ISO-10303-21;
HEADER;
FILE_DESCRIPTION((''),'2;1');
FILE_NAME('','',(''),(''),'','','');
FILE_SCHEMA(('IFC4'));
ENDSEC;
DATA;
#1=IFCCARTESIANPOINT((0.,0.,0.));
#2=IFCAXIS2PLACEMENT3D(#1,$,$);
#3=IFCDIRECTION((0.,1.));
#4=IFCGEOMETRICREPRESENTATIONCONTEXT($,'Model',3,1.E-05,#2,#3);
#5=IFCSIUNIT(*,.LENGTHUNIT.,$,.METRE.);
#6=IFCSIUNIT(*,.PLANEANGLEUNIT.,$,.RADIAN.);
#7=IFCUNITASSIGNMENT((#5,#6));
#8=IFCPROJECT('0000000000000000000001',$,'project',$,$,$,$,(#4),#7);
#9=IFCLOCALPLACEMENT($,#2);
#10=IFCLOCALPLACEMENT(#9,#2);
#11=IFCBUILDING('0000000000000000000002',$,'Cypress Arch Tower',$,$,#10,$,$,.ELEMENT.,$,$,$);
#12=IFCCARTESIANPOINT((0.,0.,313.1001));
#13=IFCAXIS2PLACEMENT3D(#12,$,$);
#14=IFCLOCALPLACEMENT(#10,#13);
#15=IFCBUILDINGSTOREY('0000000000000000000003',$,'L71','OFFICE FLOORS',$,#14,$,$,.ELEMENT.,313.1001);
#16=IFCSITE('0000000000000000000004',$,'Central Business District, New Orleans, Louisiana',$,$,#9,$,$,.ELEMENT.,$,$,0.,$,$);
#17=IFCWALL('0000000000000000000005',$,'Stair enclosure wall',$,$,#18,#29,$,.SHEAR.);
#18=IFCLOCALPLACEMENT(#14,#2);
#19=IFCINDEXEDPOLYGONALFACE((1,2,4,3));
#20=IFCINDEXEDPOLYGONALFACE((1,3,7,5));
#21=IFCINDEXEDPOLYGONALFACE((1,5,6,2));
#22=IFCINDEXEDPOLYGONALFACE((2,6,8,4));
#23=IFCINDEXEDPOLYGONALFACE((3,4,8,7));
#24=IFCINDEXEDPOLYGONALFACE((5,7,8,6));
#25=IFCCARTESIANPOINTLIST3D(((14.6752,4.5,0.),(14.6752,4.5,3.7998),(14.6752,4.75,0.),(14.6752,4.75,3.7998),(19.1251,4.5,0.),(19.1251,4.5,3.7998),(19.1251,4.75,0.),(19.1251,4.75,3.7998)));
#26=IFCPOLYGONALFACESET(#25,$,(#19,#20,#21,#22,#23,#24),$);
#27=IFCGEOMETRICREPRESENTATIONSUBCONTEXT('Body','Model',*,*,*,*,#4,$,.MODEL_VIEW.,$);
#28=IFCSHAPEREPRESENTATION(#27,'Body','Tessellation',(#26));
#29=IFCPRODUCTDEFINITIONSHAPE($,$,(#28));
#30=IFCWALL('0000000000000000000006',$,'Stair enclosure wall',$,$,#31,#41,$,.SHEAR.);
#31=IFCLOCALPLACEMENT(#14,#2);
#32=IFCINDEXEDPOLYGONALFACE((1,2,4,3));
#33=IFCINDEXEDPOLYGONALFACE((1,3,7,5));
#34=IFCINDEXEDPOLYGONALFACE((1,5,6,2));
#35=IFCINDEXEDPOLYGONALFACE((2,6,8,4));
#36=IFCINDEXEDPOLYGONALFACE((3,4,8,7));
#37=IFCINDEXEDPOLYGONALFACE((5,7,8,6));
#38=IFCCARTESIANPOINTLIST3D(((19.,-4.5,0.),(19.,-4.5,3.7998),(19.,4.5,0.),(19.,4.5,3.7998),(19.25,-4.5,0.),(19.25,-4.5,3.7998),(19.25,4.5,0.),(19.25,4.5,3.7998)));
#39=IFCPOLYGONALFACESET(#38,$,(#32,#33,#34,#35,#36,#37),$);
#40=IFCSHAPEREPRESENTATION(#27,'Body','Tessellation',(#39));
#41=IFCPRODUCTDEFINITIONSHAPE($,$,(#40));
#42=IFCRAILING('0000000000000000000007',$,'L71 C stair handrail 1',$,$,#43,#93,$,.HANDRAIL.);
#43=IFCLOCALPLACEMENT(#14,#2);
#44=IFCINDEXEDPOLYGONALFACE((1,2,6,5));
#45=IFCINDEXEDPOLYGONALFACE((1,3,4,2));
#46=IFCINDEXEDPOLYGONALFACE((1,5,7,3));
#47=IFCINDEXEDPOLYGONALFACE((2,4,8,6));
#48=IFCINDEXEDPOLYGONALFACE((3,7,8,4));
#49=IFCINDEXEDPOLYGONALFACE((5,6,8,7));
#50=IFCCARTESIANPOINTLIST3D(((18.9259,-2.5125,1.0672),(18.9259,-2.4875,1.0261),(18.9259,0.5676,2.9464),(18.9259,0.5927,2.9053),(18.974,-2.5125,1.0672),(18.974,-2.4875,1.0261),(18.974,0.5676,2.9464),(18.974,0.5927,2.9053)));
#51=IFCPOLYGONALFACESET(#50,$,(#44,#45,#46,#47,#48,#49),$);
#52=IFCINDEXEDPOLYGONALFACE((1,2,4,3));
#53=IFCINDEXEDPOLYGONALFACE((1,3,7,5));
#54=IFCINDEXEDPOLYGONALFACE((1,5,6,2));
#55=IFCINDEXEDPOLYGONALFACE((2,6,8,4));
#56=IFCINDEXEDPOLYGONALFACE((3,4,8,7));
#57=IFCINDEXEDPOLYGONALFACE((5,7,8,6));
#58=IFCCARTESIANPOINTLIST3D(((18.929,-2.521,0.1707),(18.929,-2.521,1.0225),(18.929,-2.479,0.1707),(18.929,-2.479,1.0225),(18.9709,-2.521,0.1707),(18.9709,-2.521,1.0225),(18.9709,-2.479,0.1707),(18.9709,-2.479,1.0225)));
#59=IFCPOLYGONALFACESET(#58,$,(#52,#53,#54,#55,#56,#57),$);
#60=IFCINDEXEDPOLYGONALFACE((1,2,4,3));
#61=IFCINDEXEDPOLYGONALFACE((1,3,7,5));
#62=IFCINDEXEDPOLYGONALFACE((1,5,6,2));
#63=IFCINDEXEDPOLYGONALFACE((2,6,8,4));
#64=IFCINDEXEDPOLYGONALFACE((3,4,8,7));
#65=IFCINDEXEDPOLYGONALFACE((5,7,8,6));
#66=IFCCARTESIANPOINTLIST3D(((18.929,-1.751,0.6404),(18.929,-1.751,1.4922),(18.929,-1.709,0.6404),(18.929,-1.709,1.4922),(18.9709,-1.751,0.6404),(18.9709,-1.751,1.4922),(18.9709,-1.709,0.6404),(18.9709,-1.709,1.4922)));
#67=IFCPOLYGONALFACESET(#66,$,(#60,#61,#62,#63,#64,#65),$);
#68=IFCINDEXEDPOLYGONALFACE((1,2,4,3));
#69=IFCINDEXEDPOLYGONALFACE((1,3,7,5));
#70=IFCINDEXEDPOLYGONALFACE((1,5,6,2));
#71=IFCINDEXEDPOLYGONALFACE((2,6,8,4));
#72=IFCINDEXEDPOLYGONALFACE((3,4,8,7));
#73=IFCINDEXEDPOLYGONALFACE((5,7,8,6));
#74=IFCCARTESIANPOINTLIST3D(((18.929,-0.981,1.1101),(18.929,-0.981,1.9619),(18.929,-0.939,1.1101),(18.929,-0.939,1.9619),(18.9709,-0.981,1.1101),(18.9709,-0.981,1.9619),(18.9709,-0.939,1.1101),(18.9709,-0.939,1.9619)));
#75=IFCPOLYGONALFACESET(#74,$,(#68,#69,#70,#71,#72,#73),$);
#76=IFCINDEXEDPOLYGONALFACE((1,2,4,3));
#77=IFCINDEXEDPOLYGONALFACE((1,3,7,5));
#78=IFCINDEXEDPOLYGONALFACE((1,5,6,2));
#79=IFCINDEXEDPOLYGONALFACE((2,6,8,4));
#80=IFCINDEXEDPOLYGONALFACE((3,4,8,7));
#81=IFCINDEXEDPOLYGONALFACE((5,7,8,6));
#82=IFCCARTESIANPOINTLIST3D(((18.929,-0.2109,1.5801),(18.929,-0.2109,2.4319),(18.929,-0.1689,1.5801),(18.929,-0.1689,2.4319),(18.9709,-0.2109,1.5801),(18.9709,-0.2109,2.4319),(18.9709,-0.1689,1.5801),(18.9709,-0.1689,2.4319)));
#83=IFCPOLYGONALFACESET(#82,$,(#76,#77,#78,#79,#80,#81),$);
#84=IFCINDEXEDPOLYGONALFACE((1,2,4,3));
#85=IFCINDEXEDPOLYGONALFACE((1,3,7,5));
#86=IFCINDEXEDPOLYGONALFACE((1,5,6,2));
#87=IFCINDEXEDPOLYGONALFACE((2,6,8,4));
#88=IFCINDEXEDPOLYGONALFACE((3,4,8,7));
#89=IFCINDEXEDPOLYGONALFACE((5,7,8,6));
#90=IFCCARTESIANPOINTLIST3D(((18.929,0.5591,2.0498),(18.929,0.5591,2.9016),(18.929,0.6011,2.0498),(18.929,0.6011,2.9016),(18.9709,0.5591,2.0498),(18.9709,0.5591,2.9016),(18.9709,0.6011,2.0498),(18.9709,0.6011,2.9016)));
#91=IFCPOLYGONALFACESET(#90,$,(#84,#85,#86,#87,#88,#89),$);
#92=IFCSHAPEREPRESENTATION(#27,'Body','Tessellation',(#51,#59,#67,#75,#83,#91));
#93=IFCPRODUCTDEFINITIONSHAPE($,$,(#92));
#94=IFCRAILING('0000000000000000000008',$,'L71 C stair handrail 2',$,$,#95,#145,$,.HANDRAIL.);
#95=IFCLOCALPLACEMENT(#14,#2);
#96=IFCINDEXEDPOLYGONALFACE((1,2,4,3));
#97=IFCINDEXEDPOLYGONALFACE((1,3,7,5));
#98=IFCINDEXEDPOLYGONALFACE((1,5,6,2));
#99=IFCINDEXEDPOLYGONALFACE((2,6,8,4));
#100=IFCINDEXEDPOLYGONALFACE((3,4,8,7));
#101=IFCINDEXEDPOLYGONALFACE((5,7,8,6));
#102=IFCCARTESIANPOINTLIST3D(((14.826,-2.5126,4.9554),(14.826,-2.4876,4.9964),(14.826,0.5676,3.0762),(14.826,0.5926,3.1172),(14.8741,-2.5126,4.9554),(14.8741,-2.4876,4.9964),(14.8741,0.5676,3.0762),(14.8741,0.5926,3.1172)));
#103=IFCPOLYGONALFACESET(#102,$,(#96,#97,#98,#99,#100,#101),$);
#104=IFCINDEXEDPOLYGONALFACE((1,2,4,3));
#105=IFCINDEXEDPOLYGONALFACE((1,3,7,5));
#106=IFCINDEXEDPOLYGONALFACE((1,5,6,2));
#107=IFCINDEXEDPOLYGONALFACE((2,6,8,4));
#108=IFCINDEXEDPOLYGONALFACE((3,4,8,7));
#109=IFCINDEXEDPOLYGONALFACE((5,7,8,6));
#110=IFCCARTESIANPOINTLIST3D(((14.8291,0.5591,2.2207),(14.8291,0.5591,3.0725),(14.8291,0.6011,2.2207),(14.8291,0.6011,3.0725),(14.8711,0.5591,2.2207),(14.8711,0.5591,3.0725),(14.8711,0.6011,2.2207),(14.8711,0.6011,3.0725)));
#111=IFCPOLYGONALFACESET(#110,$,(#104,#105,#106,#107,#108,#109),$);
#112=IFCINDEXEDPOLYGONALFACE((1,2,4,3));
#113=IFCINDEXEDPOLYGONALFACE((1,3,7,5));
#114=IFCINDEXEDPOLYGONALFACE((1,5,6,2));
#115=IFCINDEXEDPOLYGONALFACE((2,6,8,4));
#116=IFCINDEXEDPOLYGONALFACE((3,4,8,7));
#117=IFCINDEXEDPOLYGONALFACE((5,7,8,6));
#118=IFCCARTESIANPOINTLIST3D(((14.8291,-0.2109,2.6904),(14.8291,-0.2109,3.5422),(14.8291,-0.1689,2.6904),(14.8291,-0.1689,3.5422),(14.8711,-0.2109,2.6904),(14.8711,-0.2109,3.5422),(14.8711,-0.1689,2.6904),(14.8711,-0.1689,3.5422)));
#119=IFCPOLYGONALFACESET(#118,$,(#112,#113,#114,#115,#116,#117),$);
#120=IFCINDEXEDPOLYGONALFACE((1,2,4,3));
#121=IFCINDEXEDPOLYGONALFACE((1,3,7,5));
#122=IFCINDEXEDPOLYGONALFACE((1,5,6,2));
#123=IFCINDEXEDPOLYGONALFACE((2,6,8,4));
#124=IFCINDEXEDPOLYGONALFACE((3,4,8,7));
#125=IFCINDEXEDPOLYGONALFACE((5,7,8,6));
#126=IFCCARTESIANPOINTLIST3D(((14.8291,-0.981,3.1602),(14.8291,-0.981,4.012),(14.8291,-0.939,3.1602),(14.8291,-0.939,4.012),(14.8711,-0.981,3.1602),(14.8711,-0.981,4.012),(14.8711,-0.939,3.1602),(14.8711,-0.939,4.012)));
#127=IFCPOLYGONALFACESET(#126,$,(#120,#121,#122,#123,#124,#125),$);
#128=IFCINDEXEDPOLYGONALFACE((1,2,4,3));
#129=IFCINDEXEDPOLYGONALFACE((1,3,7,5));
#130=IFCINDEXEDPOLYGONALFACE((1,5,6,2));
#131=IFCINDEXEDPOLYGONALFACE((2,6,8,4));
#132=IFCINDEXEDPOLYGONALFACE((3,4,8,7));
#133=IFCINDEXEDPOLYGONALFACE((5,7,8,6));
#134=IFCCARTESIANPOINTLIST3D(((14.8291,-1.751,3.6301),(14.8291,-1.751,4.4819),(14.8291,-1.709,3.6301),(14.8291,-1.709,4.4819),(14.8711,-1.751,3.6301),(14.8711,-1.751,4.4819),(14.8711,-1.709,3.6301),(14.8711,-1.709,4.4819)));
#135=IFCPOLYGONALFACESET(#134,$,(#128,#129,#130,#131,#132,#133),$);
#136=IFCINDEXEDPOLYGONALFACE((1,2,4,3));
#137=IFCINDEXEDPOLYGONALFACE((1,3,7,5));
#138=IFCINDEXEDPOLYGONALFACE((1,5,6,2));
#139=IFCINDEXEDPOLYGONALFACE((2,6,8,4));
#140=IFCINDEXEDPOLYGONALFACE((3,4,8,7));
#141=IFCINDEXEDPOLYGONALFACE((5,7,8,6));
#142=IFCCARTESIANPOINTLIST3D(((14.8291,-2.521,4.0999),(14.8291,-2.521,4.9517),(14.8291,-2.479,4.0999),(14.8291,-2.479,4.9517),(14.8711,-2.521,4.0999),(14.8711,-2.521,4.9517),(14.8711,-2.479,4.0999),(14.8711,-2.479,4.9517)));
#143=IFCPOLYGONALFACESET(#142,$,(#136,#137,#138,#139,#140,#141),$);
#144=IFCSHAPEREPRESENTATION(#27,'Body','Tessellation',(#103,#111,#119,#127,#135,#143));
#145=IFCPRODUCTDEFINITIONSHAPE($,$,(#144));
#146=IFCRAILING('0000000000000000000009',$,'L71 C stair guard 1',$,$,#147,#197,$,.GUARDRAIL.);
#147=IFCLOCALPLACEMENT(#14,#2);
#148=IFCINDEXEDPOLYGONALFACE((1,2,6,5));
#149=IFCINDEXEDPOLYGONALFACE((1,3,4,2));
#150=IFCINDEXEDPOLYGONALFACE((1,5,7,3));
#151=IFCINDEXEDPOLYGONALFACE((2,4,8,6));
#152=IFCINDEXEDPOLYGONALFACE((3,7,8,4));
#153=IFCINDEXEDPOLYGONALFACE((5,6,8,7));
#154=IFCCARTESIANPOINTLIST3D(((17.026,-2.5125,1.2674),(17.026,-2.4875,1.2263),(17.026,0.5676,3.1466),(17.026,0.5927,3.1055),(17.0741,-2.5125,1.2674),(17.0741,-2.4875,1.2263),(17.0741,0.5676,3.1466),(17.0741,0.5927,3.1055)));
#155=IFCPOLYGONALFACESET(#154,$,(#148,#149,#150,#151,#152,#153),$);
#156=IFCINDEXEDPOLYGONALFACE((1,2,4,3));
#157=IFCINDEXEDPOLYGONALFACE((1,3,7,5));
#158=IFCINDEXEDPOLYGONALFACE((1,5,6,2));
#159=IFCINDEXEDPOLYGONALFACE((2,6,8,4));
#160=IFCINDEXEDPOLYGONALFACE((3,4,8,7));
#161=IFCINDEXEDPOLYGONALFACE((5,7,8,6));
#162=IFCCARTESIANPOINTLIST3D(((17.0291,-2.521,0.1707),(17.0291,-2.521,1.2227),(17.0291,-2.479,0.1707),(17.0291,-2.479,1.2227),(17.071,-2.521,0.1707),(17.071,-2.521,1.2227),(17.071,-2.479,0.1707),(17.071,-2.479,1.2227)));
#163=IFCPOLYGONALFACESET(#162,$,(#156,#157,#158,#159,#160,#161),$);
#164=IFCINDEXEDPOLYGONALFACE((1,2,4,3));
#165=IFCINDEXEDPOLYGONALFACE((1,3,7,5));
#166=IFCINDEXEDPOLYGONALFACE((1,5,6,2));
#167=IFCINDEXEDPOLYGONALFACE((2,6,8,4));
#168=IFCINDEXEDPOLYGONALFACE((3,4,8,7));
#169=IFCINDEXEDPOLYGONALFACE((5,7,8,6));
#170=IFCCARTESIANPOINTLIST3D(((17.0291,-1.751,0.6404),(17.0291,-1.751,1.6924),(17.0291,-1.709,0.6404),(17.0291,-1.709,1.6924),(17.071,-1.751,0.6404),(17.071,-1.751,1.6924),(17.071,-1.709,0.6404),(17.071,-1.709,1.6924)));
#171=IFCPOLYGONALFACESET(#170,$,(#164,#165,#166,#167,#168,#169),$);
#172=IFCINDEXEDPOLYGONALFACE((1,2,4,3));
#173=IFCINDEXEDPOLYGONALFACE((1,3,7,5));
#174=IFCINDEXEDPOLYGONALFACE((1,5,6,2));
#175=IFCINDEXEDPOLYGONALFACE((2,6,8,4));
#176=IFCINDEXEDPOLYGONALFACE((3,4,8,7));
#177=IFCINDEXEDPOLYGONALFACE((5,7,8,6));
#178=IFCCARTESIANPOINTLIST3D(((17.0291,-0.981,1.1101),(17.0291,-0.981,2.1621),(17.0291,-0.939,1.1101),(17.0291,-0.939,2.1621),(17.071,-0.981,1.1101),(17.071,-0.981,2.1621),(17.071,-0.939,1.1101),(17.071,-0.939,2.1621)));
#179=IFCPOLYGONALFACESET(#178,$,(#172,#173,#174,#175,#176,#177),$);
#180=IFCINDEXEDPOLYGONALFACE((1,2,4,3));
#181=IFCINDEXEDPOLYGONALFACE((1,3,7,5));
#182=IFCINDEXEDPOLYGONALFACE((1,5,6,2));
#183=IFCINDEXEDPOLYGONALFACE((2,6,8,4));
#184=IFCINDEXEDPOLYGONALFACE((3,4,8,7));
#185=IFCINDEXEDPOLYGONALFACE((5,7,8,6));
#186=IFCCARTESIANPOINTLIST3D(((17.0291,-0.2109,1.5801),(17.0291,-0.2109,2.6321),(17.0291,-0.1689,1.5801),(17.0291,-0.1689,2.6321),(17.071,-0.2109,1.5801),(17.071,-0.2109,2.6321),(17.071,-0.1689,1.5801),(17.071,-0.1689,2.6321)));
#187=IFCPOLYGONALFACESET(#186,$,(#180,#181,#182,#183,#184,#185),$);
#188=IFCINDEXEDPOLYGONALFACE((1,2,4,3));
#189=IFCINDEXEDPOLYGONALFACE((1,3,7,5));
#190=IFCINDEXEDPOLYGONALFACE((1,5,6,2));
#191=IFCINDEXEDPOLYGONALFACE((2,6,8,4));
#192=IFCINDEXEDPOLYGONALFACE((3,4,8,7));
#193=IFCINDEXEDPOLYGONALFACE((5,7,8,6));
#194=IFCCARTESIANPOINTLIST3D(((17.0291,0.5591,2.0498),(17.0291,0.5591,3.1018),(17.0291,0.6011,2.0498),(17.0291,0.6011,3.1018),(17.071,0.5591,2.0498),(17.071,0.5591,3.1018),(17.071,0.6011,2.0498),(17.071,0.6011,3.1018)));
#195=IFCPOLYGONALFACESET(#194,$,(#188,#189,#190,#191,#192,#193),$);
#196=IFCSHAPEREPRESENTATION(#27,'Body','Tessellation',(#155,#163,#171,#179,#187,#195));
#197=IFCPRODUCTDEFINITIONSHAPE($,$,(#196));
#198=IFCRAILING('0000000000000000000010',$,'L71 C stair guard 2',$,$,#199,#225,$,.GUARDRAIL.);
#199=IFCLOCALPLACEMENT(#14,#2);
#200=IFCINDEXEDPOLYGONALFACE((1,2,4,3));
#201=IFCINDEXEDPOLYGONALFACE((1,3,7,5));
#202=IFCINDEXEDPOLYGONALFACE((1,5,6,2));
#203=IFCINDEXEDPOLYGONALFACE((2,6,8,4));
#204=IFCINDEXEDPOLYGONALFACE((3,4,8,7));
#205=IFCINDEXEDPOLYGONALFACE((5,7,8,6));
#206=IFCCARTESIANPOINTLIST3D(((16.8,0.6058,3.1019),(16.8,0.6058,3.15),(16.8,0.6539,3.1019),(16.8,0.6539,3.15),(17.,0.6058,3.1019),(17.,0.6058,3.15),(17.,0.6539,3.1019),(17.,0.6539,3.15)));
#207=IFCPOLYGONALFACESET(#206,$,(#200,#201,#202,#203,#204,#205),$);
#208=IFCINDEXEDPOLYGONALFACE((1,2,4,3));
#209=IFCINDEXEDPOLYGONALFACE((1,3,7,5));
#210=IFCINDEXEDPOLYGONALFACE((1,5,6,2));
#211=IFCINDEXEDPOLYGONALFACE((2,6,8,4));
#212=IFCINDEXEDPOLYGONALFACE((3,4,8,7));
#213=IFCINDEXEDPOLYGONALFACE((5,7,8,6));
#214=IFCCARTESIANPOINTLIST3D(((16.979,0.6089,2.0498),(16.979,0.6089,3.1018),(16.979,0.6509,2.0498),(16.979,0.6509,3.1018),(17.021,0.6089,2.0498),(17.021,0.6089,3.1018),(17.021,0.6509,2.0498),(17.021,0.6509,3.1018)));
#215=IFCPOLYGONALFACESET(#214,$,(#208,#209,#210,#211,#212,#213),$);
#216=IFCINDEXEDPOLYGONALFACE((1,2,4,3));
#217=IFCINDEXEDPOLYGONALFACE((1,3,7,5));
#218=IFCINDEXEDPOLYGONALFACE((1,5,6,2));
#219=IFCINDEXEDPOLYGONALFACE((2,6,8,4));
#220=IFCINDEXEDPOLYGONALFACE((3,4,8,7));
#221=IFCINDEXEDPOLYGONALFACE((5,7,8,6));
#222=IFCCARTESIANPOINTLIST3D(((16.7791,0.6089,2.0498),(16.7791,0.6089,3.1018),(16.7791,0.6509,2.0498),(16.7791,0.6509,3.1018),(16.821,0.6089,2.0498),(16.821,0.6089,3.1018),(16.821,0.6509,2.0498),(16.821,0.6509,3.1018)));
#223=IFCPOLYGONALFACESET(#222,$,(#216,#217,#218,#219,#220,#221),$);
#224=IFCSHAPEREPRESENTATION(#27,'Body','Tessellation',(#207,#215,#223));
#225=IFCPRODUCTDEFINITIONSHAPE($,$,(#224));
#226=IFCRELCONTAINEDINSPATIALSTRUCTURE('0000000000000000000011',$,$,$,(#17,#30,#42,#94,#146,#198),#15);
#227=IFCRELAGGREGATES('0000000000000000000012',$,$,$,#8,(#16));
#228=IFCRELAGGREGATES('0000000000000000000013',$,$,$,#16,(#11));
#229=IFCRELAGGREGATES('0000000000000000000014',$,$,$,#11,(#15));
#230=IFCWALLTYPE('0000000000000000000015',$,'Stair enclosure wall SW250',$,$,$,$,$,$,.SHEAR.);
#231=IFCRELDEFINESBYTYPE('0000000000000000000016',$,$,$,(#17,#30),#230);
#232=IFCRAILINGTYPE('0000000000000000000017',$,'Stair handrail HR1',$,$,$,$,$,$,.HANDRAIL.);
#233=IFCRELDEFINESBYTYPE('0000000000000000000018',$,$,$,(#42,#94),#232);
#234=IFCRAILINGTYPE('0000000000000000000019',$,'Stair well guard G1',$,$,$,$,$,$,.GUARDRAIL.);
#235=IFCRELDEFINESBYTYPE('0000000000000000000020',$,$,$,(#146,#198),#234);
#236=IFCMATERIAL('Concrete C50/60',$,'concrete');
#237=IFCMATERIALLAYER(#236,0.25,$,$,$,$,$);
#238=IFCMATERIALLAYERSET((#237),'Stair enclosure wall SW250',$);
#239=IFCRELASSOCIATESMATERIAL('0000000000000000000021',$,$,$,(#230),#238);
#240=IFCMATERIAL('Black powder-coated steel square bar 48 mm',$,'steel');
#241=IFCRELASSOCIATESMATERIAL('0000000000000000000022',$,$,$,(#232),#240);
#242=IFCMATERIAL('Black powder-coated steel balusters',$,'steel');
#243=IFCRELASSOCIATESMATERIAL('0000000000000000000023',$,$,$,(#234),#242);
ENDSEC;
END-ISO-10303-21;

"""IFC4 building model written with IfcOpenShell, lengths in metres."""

from ifc_helpers import new_model, si_unit, direction, frame, frame_2d, origin, origin_2d, place, context, subcontext, project, spatial, rectangle, extrude, material, layer, layer_set, type_object, element, save


model = new_model("IFC4")

# Units and contexts
model_context = context("Model", 3, precision=1e-05, world=origin(), true_north=direction((0.0, 1.0)))
body_context = subcontext(model_context, "Body", "Model", "MODEL_VIEW")
ifc_project = project(units=[si_unit("LENGTHUNIT", "METRE"), si_unit("PLANEANGLEUNIT", "RADIAN")], contexts=[model_context])

# Site, building, storey
site_placement = place(None, origin())
site = spatial("IfcSite", under=ifc_project, at=site_placement, Name="Central Business District, New Orleans, Louisiana", CompositionType="ELEMENT", RefElevation=0.0)
building_placement = place(site_placement, origin())
building = spatial("IfcBuilding", under=site, at=building_placement, Name="Cypress Arch Tower", CompositionType="ELEMENT")
storey_placement = place(building_placement, frame((0.0, 0.0, 313.1001)))
storey = spatial("IfcBuildingStorey", under=building, at=storey_placement, Name="L71", Description="OFFICE FLOORS", CompositionType="ELEMENT", Elevation=313.1001)

# Shared definitions
ifc_material_1 = material(Name="Concrete C50/60", Category="concrete")
ifc_layer_1 = layer(ifc_material_1, 0.25)
ifc_layer_set_1 = layer_set([ifc_layer_1], Name="Stair enclosure wall SW250")
wall_type_1 = type_object("IfcWallType", Name="Stair enclosure wall SW250", PredefinedType="SHEAR", material=ifc_layer_set_1)

# Walls
wall_1_placement = place(storey_placement, frame((14.675, 4.625, 0.0), z_axis=(0.0, 0.0, 1.0), x_axis=(1.0, 0.0, 0.0)))
element("IfcWall", 1, at=wall_1_placement, inside=storey, type_object=wall_type_1, Name="Stair enclosure wall", PredefinedType="SHEAR", context=body_context, shape_type="SweptSolid", body=[
    extrude(rectangle(XDim=4.45, YDim=0.25, at=frame_2d((2.2251, 0.0))), origin(), (0.0, 0.0, 1.0), 3.7998),
])
wall_2_placement = place(storey_placement, frame((19.125, -4.5, 0.0), z_axis=(0.0, 0.0, 1.0), x_axis=(0.0, 1.0, 0.0)))
element("IfcWall", 2, at=wall_2_placement, inside=storey, type_object=wall_type_1, Name="Stair enclosure wall", PredefinedType="SHEAR", context=body_context, shape_type="SweptSolid", body=[
    extrude(rectangle(XDim=9.0, YDim=0.25, at=frame_2d((4.5, 0.0))), origin(), (0.0, 0.0, 1.0), 3.7998),
])

# Railings
ifc_material_2 = material(Name="Black powder-coated steel square bar 48 mm", Category="steel")
railing_type_1 = type_object("IfcRailingType", Name="Stair handrail HR1", PredefinedType="HANDRAIL", material=ifc_material_2)
railing_1_placement = place(storey_placement, frame((18.95, -2.5, 0.1707)))
element("IfcRailing", 3, at=railing_1_placement, inside=storey, type_object=railing_type_1, Name="L71 C stair handrail 1", PredefinedType="HANDRAIL", context=body_context, shape_type="SweptSolid", body=[
    extrude(rectangle(XDim=0.0481, YDim=0.0481, at=origin_2d()), frame((0.0, 0.0, 0.876), z_axis=(0.0, 0.853666, 0.52082), x_axis=(-1.0, 0.0, 0.0)), (0.0, 0.0, 1.0), 3.6082),
    extrude(rectangle(XDim=0.042, YDim=0.042, at=origin_2d()), origin(), (0.0, 0.0, 1.0), 0.8518),
    extrude(rectangle(XDim=0.042, YDim=0.042, at=origin_2d()), frame((0.0, 0.77, 0.4697)), (0.0, 0.0, 1.0), 0.8518),
    extrude(rectangle(XDim=0.042, YDim=0.042, at=origin_2d()), frame((0.0, 1.54, 0.9395)), (0.0, 0.0, 1.0), 0.8518),
    extrude(rectangle(XDim=0.042, YDim=0.042, at=origin_2d()), frame((0.0, 2.3101, 1.4094)), (0.0, 0.0, 1.0), 0.8518),
    extrude(rectangle(XDim=0.042, YDim=0.042, at=origin_2d()), frame((0.0, 3.0801, 1.8792)), (0.0, 0.0, 1.0), 0.8518),
])
railing_2_placement = place(storey_placement, frame((14.8501, 0.5801, 2.2207)))
element("IfcRailing", 4, at=railing_2_placement, inside=storey, type_object=railing_type_1, Name="L71 C stair handrail 2", PredefinedType="HANDRAIL", context=body_context, shape_type="SweptSolid", body=[
    extrude(rectangle(XDim=0.0481, YDim=0.0481, at=origin_2d()), frame((0.0, 0.0, 0.876), z_axis=(0.0, -0.853666, 0.52082), x_axis=(1.0, 0.0, 0.0)), (0.0, 0.0, 1.0), 3.6082),
    extrude(rectangle(XDim=0.042, YDim=0.042, at=origin_2d()), origin(), (0.0, 0.0, 1.0), 0.8518),
    extrude(rectangle(XDim=0.042, YDim=0.042, at=origin_2d()), frame((0.0, -0.77, 0.4697)), (0.0, 0.0, 1.0), 0.8518),
    extrude(rectangle(XDim=0.042, YDim=0.042, at=origin_2d()), frame((0.0, -1.54, 0.9395)), (0.0, 0.0, 1.0), 0.8518),
    extrude(rectangle(XDim=0.042, YDim=0.042, at=origin_2d()), frame((0.0, -2.3101, 1.4094)), (0.0, 0.0, 1.0), 0.8518),
    extrude(rectangle(XDim=0.042, YDim=0.042, at=origin_2d()), frame((0.0, -3.0801, 1.8792)), (0.0, 0.0, 1.0), 0.8518),
])
ifc_material_3 = material(Name="Black powder-coated steel balusters", Category="steel")
railing_type_2 = type_object("IfcRailingType", Name="Stair well guard G1", PredefinedType="GUARDRAIL", material=ifc_material_3)
railing_3_placement = place(storey_placement, frame((17.05, -2.5, 0.1707)))
element("IfcRailing", 5, at=railing_3_placement, inside=storey, type_object=railing_type_2, Name="L71 C stair guard 1", PredefinedType="GUARDRAIL", context=body_context, shape_type="SweptSolid", body=[
    extrude(rectangle(XDim=0.0481, YDim=0.0481, at=origin_2d()), frame((0.0, 0.0, 1.0762), z_axis=(0.0, 0.853666, 0.52082), x_axis=(-1.0, 0.0, 0.0)), (0.0, 0.0, 1.0), 3.6082),
    extrude(rectangle(XDim=0.042, YDim=0.042, at=origin_2d()), origin(), (0.0, 0.0, 1.0), 1.052),
    extrude(rectangle(XDim=0.042, YDim=0.042, at=origin_2d()), frame((0.0, 0.77, 0.4697)), (0.0, 0.0, 1.0), 1.052),
    extrude(rectangle(XDim=0.042, YDim=0.042, at=origin_2d()), frame((0.0, 1.54, 0.9395)), (0.0, 0.0, 1.0), 1.052),
    extrude(rectangle(XDim=0.042, YDim=0.042, at=origin_2d()), frame((0.0, 2.3101, 1.4094)), (0.0, 0.0, 1.0), 1.052),
    extrude(rectangle(XDim=0.042, YDim=0.042, at=origin_2d()), frame((0.0, 3.0801, 1.8792)), (0.0, 0.0, 1.0), 1.052),
])
railing_4_placement = place(storey_placement, frame((17.0, 0.6299, 2.0498)))
element("IfcRailing", 6, at=railing_4_placement, inside=storey, type_object=railing_type_2, Name="L71 C stair guard 2", PredefinedType="GUARDRAIL", context=body_context, shape_type="SweptSolid", body=[
    extrude(rectangle(XDim=0.0481, YDim=0.0481, at=origin_2d()), frame((0.0, 0.0, 1.0762), z_axis=(-1.0, 0.0, 0.0), x_axis=(0.0, -1.0, 0.0)), (0.0, 0.0, 1.0), 0.2),
    extrude(rectangle(XDim=0.042, YDim=0.042, at=origin_2d()), origin(), (0.0, 0.0, 1.0), 1.052),
    extrude(rectangle(XDim=0.042, YDim=0.042, at=origin_2d()), frame((-0.2, 0.0, 0.0)), (0.0, 0.0, 1.0), 1.052),
])

save(model, "model.ifc")
